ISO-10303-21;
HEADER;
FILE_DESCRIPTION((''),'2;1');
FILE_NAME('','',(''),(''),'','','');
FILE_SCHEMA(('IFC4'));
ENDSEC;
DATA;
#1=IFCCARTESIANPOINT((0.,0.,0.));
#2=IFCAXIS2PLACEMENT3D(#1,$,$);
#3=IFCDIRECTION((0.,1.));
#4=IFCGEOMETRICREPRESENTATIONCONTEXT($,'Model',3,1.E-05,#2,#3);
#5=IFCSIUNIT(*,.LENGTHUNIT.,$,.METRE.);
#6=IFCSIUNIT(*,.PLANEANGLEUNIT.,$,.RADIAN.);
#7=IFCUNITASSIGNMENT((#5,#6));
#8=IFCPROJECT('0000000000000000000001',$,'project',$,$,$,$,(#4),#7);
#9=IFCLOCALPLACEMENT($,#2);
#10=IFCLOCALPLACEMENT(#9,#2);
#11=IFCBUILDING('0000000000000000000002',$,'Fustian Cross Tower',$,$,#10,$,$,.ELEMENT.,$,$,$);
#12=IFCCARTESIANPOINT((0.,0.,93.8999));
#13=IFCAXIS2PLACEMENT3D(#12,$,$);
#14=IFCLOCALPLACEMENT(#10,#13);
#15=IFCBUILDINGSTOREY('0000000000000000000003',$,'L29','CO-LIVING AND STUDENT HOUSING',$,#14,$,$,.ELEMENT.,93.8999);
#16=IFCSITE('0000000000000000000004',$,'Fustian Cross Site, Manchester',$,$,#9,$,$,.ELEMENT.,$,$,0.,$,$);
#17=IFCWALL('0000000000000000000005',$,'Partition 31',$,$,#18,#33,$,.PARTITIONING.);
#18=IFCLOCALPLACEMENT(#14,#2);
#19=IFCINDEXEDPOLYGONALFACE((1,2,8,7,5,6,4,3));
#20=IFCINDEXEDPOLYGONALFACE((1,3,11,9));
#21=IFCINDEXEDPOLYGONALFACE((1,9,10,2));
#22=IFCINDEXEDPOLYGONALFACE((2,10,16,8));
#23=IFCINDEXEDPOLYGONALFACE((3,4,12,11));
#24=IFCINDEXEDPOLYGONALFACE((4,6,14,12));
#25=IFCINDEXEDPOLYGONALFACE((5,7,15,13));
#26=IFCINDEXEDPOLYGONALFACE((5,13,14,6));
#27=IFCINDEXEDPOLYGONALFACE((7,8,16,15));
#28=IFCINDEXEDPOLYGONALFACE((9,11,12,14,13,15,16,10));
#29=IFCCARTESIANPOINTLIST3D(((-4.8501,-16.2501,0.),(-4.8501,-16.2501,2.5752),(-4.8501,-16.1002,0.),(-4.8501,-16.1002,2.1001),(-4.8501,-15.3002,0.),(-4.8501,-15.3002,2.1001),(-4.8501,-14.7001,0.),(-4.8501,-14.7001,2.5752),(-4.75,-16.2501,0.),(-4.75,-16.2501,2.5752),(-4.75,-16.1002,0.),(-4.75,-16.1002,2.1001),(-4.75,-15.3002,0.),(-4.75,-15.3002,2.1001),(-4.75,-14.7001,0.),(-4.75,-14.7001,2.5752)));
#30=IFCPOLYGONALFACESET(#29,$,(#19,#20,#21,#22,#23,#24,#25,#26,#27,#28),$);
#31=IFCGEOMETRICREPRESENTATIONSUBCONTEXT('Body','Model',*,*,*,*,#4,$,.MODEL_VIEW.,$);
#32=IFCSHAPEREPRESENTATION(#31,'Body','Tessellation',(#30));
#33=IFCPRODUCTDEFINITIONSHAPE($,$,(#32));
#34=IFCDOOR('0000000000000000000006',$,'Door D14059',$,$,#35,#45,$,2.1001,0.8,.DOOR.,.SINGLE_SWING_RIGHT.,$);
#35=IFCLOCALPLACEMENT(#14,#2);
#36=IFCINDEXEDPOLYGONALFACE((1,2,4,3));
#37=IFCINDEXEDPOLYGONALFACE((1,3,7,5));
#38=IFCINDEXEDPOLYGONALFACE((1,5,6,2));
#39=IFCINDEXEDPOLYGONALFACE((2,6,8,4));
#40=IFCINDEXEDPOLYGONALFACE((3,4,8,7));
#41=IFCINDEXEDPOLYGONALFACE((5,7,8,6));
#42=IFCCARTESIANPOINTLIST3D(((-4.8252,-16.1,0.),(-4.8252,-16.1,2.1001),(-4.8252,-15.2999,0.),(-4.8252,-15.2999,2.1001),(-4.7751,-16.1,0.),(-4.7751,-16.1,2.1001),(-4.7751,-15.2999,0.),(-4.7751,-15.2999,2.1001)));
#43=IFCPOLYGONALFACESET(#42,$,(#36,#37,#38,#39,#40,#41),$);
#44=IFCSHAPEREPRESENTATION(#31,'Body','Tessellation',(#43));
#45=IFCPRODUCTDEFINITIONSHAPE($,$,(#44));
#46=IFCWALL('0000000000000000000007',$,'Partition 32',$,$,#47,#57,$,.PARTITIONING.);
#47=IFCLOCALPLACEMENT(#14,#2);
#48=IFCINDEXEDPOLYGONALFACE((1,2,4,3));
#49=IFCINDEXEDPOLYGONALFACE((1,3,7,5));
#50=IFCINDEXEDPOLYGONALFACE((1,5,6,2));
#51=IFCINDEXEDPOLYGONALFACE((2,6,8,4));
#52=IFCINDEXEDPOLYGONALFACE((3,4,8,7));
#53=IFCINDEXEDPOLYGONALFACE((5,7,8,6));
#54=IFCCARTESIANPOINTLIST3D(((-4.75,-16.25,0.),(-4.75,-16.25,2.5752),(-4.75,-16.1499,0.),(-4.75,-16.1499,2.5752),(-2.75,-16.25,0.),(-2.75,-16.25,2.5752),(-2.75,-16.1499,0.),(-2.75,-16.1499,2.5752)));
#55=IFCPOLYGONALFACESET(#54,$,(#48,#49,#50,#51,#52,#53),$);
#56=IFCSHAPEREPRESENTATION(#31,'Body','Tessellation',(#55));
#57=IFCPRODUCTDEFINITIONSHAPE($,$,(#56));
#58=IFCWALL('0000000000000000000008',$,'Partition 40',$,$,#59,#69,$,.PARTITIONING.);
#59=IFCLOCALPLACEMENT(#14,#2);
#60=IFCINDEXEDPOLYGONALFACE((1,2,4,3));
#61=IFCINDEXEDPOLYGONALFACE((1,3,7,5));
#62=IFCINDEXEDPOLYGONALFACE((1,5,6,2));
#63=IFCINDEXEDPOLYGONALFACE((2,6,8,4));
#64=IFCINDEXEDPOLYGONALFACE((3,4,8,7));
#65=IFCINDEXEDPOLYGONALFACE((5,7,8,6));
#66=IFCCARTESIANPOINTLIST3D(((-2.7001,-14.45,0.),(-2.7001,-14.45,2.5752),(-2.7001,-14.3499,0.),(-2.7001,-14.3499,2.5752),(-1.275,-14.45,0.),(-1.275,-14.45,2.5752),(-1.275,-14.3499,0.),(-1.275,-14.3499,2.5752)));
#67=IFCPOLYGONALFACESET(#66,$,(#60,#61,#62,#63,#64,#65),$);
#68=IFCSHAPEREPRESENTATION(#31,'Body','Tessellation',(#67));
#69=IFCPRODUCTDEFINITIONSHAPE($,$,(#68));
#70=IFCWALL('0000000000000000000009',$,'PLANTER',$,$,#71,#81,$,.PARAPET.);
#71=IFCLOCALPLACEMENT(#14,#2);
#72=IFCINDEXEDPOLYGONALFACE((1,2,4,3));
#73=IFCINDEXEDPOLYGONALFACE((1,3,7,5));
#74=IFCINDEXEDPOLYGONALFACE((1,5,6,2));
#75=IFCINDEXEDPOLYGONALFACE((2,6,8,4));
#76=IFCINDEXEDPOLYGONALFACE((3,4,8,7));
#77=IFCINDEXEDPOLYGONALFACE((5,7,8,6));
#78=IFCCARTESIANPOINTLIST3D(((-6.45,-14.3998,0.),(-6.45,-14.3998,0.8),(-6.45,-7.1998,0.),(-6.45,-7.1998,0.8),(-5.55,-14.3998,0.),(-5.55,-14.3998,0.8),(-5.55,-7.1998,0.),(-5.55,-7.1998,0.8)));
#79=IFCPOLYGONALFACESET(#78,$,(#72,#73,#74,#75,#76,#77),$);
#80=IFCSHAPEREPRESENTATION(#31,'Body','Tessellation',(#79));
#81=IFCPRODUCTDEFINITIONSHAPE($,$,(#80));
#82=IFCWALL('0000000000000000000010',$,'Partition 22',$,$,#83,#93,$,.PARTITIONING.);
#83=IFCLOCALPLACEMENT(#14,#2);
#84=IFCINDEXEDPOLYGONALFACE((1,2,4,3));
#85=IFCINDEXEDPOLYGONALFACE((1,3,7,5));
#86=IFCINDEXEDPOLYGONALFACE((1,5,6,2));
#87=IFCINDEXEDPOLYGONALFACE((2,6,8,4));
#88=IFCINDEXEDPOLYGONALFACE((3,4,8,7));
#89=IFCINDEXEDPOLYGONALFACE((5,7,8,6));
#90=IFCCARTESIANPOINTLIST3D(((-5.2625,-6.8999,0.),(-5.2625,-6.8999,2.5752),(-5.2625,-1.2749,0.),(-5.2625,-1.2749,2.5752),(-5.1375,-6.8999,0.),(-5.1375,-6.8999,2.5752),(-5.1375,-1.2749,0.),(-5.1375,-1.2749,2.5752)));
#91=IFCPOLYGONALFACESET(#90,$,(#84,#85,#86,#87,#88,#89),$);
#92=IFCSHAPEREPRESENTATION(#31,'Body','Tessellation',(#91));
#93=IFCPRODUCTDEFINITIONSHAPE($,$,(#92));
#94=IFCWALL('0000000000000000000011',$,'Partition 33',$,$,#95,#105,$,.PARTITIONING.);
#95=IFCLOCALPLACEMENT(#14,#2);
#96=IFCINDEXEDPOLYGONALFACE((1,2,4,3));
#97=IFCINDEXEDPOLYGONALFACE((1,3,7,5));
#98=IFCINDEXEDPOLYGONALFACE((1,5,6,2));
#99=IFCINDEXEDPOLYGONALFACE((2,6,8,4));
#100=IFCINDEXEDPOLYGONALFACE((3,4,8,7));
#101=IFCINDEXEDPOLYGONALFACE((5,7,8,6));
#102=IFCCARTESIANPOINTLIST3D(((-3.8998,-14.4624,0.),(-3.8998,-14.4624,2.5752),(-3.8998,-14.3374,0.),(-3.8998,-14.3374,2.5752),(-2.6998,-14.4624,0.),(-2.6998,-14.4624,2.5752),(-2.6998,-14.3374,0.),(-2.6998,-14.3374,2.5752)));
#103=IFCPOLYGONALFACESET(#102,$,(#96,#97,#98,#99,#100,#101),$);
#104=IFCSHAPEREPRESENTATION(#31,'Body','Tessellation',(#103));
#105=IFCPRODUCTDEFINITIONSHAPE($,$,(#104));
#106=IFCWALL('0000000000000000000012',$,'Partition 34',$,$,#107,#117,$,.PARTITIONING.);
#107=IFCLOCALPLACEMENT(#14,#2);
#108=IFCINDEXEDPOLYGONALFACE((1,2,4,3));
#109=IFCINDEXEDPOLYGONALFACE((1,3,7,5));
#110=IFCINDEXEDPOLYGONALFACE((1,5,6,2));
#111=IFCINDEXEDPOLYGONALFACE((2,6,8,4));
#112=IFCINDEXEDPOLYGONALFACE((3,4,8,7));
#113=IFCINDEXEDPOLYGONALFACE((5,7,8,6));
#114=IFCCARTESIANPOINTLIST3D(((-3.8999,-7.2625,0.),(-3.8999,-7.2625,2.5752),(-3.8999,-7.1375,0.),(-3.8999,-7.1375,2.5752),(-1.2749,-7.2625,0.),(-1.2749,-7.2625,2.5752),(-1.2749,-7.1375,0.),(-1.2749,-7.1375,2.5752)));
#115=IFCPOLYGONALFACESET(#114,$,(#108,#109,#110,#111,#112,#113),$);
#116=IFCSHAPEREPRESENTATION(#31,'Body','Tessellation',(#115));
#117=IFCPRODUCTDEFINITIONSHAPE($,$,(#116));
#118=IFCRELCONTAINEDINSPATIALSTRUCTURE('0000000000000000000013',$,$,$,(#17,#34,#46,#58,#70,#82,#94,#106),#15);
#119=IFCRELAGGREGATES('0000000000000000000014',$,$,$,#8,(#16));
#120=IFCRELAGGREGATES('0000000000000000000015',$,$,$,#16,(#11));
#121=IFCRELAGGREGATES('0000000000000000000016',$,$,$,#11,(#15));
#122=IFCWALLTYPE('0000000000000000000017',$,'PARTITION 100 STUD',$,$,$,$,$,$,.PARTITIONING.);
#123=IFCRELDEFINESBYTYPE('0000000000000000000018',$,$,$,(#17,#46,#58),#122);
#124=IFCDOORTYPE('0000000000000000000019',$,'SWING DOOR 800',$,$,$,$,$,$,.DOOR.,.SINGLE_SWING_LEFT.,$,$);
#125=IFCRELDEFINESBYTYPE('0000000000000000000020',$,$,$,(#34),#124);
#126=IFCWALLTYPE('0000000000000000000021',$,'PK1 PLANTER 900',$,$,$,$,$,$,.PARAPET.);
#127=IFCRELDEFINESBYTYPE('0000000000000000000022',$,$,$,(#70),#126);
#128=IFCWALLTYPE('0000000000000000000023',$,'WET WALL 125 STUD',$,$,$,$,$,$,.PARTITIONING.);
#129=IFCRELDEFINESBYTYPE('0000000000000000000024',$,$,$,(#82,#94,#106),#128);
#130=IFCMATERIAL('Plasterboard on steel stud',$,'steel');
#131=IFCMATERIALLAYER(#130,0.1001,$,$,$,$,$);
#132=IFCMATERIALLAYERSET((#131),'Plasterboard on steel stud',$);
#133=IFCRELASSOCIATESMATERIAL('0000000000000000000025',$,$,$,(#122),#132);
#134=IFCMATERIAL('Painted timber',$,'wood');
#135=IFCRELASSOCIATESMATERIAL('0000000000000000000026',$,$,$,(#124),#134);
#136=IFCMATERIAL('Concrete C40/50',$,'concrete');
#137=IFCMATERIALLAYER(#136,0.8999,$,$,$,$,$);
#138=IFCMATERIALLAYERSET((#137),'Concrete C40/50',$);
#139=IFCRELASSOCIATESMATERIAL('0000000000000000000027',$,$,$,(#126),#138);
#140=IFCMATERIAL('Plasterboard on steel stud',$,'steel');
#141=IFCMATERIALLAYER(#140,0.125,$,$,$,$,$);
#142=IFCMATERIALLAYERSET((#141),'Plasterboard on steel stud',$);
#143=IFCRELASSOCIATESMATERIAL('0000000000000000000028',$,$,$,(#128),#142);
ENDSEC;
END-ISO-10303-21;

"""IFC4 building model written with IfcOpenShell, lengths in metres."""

from ifc_helpers import new_model, si_unit, direction, frame, frame_2d, origin, place, context, subcontext, project, spatial, rectangle, extrude, material, layer, layer_set, type_object, element, fill, save


model = new_model("IFC4")

# Units and contexts
model_context = context("Model", 3, precision=1e-05, world=origin(), true_north=direction((0.0, 1.0)))
body_context = subcontext(model_context, "Body", "Model", "MODEL_VIEW")
ifc_project = project(units=[si_unit("LENGTHUNIT", "METRE"), si_unit("PLANEANGLEUNIT", "RADIAN")], contexts=[model_context])

# Site, building, storey
site_placement = place(None, origin())
site = spatial("IfcSite", under=ifc_project, at=site_placement, Name="Fustian Cross Site, Manchester", CompositionType="ELEMENT", RefElevation=0.0)
building_placement = place(site_placement, origin())
building = spatial("IfcBuilding", under=site, at=building_placement, Name="Fustian Cross Tower", CompositionType="ELEMENT")
storey_placement = place(building_placement, frame((0.0, 0.0, 93.8999)))
storey = spatial("IfcBuildingStorey", under=building, at=storey_placement, Name="L29", Description="CO-LIVING AND STUDENT HOUSING", CompositionType="ELEMENT", Elevation=93.8999)

# Shared definitions
ifc_material_1 = material(Name="Plasterboard on steel stud", Category="steel")
ifc_layer_1 = layer(ifc_material_1, 0.1001)
ifc_layer_set_1 = layer_set([ifc_layer_1], Name="Plasterboard on steel stud")
wall_type_1 = type_object("IfcWallType", Name="PARTITION 100 STUD", PredefinedType="PARTITIONING", material=ifc_layer_set_1)
ifc_material_2 = material(Name="Painted timber", Category="wood")
door_type_1 = type_object("IfcDoorType", Name="SWING DOOR 800", OperationType="SINGLE_SWING_LEFT", PredefinedType="DOOR", material=ifc_material_2)

# Wall, opening, door
wall_1_placement = place(storey_placement, frame((-4.8, -16.25, 0.0), z_axis=(0.0, 0.0, 1.0), x_axis=(0.0, 1.0, 0.0)))
wall_1 = element("IfcWall", 1, at=wall_1_placement, inside=storey, type_object=wall_type_1, Name="Partition 31", PredefinedType="PARTITIONING", context=body_context, shape_type="SweptSolid", body=[
    extrude(rectangle(XDim=1.55, YDim=0.1001, at=frame_2d((0.7749, 0.0))), origin(), (0.0, 0.0, 1.0), 2.5752),
])
opening_1_placement = place(wall_1_placement, frame((0.1499, 0.0, 0.0)))
opening_1 = element("IfcOpeningElement", 2, at=opening_1_placement, cuts=wall_1, PredefinedType="OPENING", context=body_context, shape_type="SweptSolid", body=[
    extrude(rectangle(XDim=0.8, YDim=2.1001, at=frame_2d((0.3999, 1.05))), frame((0.0, 0.0601, 0.0), z_axis=(0.0, -1.0, 0.0), x_axis=(1.0, 0.0, 0.0)), (0.0, 0.0, 1.0), 0.1201),
])
door_1_placement = place(opening_1_placement, frame((0.8, 0.0, 0.0), z_axis=(0.0, 0.0, 1.0), x_axis=(-1.0, 0.0, 0.0)))
door_1 = element("IfcDoor", 3, at=door_1_placement, inside=storey, type_object=door_type_1, Name="Door D14059", OperationType="SINGLE_SWING_RIGHT", OverallHeight=2.1001, OverallWidth=0.8, PredefinedType="DOOR", context=body_context, shape_type="SweptSolid", body=[
    extrude(rectangle(XDim=0.8, YDim=2.1001, at=frame_2d((0.3999, 1.05))), frame((0.0, 0.0249, 0.0), z_axis=(0.0, -1.0, 0.0), x_axis=(1.0, 0.0, 0.0)), (0.0, 0.0, 1.0), 0.05),
])
fill(opening_1, door_1)

# Walls
wall_2_placement = place(storey_placement, frame((-4.75, -16.2, 0.0), z_axis=(0.0, 0.0, 1.0), x_axis=(1.0, 0.0, 0.0)))
element("IfcWall", 4, at=wall_2_placement, inside=storey, type_object=wall_type_1, Name="Partition 32", PredefinedType="PARTITIONING", context=body_context, shape_type="SweptSolid", body=[
    extrude(rectangle(XDim=2.0, YDim=0.1001, at=frame_2d((1.0, 0.0))), origin(), (0.0, 0.0, 1.0), 2.5752),
])
wall_3_placement = place(storey_placement, frame((-2.7, -14.3999, 0.0), z_axis=(0.0, 0.0, 1.0), x_axis=(1.0, 0.0, 0.0)))
element("IfcWall", 5, at=wall_3_placement, inside=storey, type_object=wall_type_1, Name="Partition 40", PredefinedType="PARTITIONING", context=body_context, shape_type="SweptSolid", body=[
    extrude(rectangle(XDim=1.425, YDim=0.1001, at=frame_2d((0.7124, 0.0))), origin(), (0.0, 0.0, 1.0), 2.5752),
])
ifc_material_3 = material(Name="Concrete C40/50", Category="concrete")
ifc_layer_2 = layer(ifc_material_3, 0.8999)
ifc_layer_set_2 = layer_set([ifc_layer_2], Name="Concrete C40/50")
wall_type_2 = type_object("IfcWallType", Name="PK1 PLANTER 900", PredefinedType="PARAPET", material=ifc_layer_set_2)
wall_4_placement = place(storey_placement, frame((-6.0, -14.3999, 0.0), z_axis=(0.0, 0.0, 1.0), x_axis=(0.0, 1.0, 0.0)))
element("IfcWall", 6, at=wall_4_placement, inside=storey, type_object=wall_type_2, Name="PLANTER", PredefinedType="PARAPET", context=body_context, shape_type="SweptSolid", body=[
    extrude(rectangle(XDim=7.2, YDim=0.8999, at=frame_2d((3.6001, 0.0))), origin(), (0.0, 0.0, 1.0), 0.8),
])
ifc_material_4 = material(Name="Plasterboard on steel stud", Category="steel")
ifc_layer_3 = layer(ifc_material_4, 0.125)
ifc_layer_set_3 = layer_set([ifc_layer_3], Name="Plasterboard on steel stud")
wall_type_3 = type_object("IfcWallType", Name="WET WALL 125 STUD", PredefinedType="PARTITIONING", material=ifc_layer_set_3)
wall_5_placement = place(storey_placement, frame((-5.2, -6.8999, 0.0), z_axis=(0.0, 0.0, 1.0), x_axis=(0.0, 1.0, 0.0)))
element("IfcWall", 7, at=wall_5_placement, inside=storey, type_object=wall_type_3, Name="Partition 22", PredefinedType="PARTITIONING", context=body_context, shape_type="SweptSolid", body=[
    extrude(rectangle(XDim=5.625, YDim=0.125, at=frame_2d((2.8125, 0.0))), origin(), (0.0, 0.0, 1.0), 2.5752),
])
wall_6_placement = place(storey_placement, frame((-3.8999, -14.3999, 0.0), z_axis=(0.0, 0.0, 1.0), x_axis=(1.0, 0.0, 0.0)))
element("IfcWall", 8, at=wall_6_placement, inside=storey, type_object=wall_type_3, Name="Partition 33", PredefinedType="PARTITIONING", context=body_context, shape_type="SweptSolid", body=[
    extrude(rectangle(XDim=1.2, YDim=0.125, at=frame_2d((0.6001, 0.0))), origin(), (0.0, 0.0, 1.0), 2.5752),
])
wall_7_placement = place(storey_placement, frame((-3.8999, -7.2, 0.0), z_axis=(0.0, 0.0, 1.0), x_axis=(1.0, 0.0, 0.0)))
element("IfcWall", 9, at=wall_7_placement, inside=storey, type_object=wall_type_3, Name="Partition 34", PredefinedType="PARTITIONING", context=body_context, shape_type="SweptSolid", body=[
    extrude(rectangle(XDim=2.625, YDim=0.125, at=frame_2d((1.3125, 0.0))), origin(), (0.0, 0.0, 1.0), 2.5752),
])

save(model, "model.ifc")
